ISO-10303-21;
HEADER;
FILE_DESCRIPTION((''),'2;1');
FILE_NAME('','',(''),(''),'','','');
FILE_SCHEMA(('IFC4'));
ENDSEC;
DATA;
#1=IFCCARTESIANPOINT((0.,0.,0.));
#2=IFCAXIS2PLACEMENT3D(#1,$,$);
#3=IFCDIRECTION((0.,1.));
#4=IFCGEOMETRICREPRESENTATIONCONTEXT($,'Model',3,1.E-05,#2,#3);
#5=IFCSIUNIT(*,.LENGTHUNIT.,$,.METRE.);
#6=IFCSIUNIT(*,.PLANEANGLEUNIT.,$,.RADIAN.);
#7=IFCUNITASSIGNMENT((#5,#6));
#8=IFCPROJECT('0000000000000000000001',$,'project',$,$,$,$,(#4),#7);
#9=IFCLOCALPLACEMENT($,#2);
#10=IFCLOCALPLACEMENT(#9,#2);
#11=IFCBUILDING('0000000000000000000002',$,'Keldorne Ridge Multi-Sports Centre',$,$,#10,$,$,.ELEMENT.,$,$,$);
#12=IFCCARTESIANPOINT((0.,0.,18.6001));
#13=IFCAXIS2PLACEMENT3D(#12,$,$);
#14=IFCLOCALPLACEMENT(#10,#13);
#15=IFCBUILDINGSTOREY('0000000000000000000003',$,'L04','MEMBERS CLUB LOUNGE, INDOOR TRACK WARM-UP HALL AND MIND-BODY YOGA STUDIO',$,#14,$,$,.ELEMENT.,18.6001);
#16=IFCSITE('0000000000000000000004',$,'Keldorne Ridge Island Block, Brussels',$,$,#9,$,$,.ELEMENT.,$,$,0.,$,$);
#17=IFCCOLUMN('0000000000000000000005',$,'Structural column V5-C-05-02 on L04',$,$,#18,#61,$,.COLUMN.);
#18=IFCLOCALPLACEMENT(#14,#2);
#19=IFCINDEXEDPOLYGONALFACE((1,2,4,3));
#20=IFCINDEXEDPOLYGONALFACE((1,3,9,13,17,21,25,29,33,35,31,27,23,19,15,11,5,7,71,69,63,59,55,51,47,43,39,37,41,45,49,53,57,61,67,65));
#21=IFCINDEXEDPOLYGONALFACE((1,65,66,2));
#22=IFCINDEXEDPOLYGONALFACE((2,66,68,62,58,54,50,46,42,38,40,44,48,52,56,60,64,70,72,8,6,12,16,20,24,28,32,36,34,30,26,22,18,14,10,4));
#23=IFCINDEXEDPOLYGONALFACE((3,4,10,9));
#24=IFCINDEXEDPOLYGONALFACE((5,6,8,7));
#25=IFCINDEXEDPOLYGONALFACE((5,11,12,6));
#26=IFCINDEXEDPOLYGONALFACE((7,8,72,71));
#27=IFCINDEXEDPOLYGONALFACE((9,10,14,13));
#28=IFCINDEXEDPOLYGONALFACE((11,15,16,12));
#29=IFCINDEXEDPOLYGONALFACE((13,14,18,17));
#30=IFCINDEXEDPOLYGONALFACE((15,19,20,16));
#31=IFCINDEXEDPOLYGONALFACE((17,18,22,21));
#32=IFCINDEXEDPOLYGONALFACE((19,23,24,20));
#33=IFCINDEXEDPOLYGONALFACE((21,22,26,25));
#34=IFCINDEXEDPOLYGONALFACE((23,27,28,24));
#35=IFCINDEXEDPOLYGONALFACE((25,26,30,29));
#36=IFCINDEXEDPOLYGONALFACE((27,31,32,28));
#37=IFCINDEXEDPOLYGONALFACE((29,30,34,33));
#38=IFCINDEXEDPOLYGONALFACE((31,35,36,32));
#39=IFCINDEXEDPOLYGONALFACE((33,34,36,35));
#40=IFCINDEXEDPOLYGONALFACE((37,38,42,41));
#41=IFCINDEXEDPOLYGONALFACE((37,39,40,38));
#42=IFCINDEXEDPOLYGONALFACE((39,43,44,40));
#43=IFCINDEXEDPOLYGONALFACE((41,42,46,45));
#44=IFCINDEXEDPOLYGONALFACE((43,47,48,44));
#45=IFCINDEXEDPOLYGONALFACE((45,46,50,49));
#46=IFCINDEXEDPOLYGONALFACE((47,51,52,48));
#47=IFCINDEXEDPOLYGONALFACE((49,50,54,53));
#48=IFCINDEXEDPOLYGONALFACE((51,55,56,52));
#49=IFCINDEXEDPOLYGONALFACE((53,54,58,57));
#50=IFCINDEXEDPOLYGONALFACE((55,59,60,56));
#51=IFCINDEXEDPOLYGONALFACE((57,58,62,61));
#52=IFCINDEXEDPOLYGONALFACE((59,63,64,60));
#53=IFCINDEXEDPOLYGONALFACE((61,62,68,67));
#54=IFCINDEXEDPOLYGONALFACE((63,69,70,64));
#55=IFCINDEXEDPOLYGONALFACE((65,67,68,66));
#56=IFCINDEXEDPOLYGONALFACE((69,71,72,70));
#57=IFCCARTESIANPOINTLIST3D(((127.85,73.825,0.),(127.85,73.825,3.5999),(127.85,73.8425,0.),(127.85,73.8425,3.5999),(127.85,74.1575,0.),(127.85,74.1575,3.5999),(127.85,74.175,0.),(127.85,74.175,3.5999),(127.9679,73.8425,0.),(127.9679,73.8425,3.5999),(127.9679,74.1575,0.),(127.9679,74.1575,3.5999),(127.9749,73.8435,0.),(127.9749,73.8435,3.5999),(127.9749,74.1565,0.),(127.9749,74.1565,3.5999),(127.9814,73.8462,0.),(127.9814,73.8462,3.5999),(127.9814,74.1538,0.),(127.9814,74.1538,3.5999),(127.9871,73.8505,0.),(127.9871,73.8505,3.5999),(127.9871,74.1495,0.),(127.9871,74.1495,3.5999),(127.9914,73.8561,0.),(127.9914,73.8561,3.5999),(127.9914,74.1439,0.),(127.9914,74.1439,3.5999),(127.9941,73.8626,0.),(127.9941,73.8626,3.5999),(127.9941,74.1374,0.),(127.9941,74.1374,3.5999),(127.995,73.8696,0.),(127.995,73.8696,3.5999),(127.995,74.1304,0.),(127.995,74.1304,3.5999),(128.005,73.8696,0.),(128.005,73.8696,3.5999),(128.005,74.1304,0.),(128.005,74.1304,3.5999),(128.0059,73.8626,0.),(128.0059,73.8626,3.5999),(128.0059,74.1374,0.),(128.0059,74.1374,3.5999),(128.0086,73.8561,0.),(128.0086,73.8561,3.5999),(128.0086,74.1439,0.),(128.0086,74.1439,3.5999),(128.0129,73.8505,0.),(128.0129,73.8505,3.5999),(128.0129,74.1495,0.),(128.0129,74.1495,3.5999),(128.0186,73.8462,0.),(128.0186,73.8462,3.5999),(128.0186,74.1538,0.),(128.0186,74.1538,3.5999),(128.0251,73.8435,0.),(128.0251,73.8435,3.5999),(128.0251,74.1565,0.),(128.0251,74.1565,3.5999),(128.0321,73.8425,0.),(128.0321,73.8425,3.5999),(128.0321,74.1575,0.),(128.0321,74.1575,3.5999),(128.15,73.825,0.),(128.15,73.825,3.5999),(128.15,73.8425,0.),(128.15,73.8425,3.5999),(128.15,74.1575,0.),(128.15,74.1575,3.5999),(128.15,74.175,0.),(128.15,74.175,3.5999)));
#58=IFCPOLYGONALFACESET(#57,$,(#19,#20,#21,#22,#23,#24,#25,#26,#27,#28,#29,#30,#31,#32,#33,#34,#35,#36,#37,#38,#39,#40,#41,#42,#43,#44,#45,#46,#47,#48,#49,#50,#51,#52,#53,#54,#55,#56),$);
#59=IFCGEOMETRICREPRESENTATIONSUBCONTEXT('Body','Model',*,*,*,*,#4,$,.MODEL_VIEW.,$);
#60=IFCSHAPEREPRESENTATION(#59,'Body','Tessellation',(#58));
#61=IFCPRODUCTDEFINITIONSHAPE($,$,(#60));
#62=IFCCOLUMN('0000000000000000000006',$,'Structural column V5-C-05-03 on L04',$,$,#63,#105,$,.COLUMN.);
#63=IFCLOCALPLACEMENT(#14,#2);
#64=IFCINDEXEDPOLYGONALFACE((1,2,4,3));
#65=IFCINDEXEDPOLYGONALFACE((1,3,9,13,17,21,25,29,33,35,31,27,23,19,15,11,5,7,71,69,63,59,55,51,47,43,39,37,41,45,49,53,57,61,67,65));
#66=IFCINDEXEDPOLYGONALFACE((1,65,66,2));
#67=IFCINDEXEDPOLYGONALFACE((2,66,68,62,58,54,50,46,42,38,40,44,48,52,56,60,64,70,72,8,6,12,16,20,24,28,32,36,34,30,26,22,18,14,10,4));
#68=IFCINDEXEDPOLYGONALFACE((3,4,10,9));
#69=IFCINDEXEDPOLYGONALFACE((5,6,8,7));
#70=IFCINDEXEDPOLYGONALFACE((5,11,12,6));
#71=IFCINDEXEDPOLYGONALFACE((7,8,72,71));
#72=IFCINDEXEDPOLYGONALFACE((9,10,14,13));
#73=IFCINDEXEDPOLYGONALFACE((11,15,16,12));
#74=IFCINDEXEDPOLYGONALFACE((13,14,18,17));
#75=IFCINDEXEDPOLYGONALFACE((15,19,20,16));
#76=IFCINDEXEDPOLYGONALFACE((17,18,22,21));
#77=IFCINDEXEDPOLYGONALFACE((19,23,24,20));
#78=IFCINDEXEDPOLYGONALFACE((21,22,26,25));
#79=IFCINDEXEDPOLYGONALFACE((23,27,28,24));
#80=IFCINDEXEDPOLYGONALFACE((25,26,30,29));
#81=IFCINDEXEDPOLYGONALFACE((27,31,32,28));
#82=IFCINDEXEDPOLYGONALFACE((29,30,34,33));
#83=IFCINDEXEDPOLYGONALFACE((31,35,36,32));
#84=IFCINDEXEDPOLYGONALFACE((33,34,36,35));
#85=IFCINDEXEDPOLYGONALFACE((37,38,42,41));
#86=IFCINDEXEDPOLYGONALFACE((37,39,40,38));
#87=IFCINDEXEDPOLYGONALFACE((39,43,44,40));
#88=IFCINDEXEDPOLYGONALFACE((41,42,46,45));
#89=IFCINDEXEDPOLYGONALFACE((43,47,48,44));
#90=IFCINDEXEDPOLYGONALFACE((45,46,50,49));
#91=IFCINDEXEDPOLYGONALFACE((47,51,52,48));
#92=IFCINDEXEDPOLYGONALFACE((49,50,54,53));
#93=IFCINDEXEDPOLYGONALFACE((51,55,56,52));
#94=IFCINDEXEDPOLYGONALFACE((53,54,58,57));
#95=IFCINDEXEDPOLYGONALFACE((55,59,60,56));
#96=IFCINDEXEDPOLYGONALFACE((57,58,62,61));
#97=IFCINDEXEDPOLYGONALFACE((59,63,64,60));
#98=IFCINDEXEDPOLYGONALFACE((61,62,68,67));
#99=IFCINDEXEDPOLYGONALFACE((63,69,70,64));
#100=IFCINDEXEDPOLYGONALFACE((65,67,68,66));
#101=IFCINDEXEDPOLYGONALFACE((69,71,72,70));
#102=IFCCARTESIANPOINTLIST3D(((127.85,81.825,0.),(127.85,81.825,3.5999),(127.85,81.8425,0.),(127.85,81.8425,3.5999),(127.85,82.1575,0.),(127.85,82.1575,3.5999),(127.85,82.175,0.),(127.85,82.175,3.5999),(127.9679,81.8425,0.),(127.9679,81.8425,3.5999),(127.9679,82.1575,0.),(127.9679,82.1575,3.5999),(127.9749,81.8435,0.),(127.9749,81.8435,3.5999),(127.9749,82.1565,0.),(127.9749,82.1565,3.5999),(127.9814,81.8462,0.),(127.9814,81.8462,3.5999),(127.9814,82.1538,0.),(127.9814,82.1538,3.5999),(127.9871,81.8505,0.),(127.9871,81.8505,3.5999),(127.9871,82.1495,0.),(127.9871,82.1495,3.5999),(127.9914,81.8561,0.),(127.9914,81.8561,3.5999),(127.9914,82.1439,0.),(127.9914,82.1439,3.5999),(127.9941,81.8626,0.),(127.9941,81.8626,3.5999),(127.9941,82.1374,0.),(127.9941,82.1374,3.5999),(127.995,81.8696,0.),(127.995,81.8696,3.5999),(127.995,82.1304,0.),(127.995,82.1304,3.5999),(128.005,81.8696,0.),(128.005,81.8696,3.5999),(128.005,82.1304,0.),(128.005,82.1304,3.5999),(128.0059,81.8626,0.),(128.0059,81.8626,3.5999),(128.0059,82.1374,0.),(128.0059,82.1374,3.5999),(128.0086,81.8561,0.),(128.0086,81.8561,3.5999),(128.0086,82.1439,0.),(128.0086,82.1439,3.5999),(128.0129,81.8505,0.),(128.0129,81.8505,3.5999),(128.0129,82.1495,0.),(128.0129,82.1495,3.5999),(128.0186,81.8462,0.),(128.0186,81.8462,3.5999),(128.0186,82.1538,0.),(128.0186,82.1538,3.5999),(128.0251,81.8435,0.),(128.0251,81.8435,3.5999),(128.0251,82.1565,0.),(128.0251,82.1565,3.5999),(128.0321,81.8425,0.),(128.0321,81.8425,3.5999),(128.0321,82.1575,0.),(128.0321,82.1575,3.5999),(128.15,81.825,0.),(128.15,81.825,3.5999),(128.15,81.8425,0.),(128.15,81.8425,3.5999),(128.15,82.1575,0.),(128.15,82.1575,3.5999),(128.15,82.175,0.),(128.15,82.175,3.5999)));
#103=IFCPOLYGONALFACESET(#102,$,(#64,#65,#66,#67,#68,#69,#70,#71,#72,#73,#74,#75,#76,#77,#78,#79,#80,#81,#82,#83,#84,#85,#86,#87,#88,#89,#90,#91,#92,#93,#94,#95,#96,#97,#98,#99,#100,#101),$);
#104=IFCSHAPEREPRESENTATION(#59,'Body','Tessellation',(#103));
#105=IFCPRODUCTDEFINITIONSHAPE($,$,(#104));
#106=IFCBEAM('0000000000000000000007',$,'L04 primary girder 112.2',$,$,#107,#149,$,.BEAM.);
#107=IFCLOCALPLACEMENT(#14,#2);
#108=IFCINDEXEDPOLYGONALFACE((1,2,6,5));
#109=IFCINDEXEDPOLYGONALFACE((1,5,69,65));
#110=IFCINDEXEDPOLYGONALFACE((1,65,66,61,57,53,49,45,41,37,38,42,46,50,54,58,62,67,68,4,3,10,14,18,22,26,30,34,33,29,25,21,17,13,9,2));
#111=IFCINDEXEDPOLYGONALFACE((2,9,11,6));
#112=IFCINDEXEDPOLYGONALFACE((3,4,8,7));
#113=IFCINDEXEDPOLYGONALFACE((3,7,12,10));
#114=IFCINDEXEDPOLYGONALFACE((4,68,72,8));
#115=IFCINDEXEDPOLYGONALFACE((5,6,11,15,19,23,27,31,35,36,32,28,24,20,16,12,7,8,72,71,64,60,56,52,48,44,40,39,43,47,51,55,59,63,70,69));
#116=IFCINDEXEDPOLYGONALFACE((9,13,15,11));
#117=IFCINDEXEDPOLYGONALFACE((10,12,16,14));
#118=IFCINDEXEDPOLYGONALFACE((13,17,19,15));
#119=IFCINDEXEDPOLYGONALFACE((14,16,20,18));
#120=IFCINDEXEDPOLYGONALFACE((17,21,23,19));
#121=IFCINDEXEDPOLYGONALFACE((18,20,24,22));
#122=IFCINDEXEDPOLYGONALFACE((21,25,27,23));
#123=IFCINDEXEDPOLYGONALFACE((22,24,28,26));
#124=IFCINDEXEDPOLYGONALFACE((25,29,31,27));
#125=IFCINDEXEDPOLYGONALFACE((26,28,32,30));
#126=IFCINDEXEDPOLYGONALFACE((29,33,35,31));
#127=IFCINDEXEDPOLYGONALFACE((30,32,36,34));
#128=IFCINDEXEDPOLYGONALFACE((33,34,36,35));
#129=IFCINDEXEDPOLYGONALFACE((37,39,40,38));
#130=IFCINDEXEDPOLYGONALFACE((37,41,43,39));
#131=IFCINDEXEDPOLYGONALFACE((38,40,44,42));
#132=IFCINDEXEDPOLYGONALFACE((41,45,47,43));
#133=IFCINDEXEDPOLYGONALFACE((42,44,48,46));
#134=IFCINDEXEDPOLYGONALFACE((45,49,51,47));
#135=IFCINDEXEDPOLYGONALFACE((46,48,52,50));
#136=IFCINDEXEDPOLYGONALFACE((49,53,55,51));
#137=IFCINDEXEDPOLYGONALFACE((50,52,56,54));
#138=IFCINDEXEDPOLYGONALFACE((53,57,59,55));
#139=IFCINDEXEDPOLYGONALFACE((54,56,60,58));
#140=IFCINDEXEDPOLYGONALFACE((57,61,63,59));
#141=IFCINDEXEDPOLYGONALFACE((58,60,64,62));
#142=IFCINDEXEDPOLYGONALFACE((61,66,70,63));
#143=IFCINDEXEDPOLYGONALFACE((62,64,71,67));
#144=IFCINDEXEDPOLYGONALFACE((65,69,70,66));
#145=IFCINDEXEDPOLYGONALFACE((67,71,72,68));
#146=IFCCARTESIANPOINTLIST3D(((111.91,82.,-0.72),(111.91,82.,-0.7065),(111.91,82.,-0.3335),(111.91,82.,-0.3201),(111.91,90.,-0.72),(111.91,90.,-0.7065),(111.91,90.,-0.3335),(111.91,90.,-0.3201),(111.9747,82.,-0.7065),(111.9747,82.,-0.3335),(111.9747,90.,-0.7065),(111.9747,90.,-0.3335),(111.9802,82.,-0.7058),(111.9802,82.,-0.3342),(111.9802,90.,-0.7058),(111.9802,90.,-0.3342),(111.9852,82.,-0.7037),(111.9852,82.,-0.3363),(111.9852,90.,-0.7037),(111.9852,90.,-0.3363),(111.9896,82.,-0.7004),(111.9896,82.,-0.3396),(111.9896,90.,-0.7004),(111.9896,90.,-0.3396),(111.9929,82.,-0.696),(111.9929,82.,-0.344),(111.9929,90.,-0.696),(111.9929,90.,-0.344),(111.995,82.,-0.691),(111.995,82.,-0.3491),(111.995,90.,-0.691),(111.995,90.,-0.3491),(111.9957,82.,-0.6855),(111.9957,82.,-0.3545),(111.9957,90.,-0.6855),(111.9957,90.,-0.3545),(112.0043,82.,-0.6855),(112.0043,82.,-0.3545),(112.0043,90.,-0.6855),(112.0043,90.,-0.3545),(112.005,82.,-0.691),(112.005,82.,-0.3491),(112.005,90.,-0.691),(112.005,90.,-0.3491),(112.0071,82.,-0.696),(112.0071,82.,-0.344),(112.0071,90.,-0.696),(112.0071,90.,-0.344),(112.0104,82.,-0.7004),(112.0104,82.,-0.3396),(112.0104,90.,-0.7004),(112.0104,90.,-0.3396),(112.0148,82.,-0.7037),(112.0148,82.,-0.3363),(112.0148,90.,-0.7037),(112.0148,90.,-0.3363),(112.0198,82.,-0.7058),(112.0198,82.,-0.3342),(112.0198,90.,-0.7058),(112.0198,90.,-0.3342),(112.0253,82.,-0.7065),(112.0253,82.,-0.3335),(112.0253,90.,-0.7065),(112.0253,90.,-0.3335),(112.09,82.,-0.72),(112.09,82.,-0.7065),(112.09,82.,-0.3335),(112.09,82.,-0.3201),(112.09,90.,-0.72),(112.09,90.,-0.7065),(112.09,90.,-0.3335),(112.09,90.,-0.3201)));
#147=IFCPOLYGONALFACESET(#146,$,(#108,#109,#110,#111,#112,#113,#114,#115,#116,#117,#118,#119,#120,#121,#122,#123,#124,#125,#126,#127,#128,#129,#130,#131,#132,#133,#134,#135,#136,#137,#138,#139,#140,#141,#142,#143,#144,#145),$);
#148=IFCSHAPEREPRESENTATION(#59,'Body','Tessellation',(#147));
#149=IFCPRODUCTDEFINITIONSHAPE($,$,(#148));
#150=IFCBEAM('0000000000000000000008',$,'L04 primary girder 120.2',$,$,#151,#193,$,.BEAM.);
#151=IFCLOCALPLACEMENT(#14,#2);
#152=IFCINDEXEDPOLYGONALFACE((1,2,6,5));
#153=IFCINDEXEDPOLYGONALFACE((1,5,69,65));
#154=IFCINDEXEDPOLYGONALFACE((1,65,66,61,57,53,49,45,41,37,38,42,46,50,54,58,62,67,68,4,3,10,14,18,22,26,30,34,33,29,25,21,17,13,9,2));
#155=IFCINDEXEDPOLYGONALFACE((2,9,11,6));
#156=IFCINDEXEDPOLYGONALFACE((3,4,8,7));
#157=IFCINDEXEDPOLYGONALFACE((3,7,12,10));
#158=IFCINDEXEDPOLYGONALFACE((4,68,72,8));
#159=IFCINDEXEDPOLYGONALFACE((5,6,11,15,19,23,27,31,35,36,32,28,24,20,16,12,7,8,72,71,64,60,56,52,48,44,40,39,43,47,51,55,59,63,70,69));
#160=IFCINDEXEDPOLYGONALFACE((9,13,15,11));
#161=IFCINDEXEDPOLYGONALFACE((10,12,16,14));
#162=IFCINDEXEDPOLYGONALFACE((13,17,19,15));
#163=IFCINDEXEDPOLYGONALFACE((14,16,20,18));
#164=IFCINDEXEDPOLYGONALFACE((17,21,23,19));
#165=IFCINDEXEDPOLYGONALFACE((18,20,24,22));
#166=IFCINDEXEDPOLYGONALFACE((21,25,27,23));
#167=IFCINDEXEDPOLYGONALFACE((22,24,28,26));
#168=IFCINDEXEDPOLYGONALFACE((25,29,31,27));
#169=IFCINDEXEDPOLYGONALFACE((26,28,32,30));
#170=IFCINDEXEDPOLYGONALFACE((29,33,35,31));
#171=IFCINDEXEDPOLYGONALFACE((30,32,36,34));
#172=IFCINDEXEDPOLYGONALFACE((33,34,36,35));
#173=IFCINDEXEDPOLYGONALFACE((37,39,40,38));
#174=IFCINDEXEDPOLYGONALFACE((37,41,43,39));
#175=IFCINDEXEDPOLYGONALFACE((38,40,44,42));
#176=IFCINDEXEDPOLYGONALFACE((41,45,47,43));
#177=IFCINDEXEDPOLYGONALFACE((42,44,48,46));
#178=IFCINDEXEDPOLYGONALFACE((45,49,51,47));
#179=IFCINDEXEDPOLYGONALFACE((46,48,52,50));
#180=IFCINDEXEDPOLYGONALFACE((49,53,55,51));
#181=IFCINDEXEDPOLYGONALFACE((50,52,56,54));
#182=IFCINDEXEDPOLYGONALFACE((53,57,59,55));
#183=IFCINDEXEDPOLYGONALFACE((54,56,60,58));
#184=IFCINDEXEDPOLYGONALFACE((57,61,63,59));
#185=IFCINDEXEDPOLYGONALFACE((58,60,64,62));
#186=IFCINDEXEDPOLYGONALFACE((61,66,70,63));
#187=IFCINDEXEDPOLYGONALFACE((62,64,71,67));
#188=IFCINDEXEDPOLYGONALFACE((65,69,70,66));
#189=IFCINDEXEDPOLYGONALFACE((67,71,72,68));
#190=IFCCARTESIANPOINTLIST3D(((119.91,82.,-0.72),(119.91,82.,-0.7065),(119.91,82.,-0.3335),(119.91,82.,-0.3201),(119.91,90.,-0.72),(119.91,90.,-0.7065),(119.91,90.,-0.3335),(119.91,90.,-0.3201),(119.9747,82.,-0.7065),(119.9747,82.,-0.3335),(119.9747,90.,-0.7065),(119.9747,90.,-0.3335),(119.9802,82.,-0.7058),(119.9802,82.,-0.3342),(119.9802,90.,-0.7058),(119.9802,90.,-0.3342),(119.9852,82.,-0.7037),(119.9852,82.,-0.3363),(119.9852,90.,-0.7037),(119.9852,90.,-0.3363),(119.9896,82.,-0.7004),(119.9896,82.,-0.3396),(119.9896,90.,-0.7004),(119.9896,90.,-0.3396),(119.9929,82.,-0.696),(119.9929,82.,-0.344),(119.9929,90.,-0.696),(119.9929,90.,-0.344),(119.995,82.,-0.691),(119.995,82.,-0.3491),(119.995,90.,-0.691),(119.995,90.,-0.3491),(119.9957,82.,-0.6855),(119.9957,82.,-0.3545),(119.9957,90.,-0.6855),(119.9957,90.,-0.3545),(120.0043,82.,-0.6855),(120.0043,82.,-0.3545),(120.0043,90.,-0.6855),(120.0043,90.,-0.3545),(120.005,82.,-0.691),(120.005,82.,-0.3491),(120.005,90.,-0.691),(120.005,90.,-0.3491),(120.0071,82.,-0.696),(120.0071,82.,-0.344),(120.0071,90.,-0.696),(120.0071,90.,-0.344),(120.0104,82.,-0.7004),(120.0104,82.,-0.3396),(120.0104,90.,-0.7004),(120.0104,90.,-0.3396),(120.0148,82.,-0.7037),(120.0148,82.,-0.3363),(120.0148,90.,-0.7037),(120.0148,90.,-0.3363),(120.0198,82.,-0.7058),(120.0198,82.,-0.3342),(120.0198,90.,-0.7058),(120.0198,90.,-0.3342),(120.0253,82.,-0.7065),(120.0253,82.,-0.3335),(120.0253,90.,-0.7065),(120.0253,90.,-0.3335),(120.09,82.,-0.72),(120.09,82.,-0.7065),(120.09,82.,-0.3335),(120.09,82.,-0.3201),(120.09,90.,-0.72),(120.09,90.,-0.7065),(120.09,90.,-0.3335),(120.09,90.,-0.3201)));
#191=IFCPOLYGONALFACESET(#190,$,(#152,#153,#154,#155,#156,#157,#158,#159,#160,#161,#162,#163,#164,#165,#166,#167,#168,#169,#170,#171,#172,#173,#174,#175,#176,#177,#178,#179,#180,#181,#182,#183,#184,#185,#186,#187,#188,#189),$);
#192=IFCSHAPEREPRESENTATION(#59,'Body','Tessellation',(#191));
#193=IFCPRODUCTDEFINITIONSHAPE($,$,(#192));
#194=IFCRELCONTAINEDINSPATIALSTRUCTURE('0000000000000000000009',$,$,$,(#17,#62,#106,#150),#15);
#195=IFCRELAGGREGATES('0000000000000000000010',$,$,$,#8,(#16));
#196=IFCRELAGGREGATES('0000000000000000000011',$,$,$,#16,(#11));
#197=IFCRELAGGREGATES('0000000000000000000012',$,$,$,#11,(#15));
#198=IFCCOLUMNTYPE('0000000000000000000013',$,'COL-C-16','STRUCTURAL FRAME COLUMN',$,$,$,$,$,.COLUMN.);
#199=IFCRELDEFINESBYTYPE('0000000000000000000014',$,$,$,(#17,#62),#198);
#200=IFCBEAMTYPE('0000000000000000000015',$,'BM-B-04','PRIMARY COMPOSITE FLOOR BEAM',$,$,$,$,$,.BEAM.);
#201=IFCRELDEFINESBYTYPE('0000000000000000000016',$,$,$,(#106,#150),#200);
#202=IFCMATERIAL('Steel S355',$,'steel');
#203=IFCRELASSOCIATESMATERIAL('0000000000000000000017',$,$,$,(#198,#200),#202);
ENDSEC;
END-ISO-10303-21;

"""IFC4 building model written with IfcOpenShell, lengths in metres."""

from ifc_helpers import new_model, si_unit, direction, frame, origin, origin_2d, place, context, subcontext, project, spatial, i_section, extrude, material, material_profile, profile_set, type_object, element, save


model = new_model("IFC4")

# Units and contexts
model_context = context("Model", 3, precision=1e-05, world=origin(), true_north=direction((0.0, 1.0)))
body_context = subcontext(model_context, "Body", "Model", "MODEL_VIEW")
ifc_project = project(units=[si_unit("LENGTHUNIT", "METRE"), si_unit("PLANEANGLEUNIT", "RADIAN")], contexts=[model_context])

# Site, building, storey
site_placement = place(None, origin())
site = spatial("IfcSite", under=ifc_project, at=site_placement, Name="Keldorne Ridge Island Block, Brussels", CompositionType="ELEMENT", RefElevation=0.0)
building_placement = place(site_placement, origin())
building = spatial("IfcBuilding", under=site, at=building_placement, Name="Keldorne Ridge Multi-Sports Centre", CompositionType="ELEMENT")
storey_placement = place(building_placement, frame((0.0, 0.0, 18.6001)))
storey = spatial("IfcBuildingStorey", under=building, at=storey_placement, Name="L04", Description="MEMBERS CLUB LOUNGE, INDOOR TRACK WARM-UP HALL AND MIND-BODY YOGA STUDIO", CompositionType="ELEMENT", Elevation=18.6001)

# Columns
ifc_material_1 = material(Name="Steel S355", Category="steel")
ifc_material_profile_1 = material_profile(ifc_material_1, i_section(OverallWidth=0.3, OverallDepth=0.3501, WebThickness=0.01, FlangeThickness=0.0176, FilletRadius=0.0271, at=origin_2d()), Name="HEA 360")
ifc_profile_set_1 = profile_set([ifc_material_profile_1], Name="Steel S355")
column_type = type_object("IfcColumnType", Name="COL-C-16", Description="STRUCTURAL FRAME COLUMN", PredefinedType="COLUMN", material=ifc_profile_set_1)
for number, where, z_axis, x_axis, name in (
    (1, (128.0, 74.0, 0.0), (0.0, 0.0, 1.0), (1.0, 0.0, 0.0), "Structural column V5-C-05-02 on L04"),
    (2, (128.0, 82.0, 0.0), (0.0, 0.0, 1.0), (1.0, 0.0, 0.0), "Structural column V5-C-05-03 on L04"),
):
    element("IfcColumn", number, at=place(storey_placement, frame(where, z_axis=z_axis, x_axis=x_axis)), inside=storey, type_object=column_type, Name=name, PredefinedType="COLUMN", context=body_context, shape_type="SweptSolid", body=[
        extrude(i_section(OverallWidth=0.3, OverallDepth=0.3501, WebThickness=0.01, FlangeThickness=0.0176, FilletRadius=0.0271, at=origin_2d()), origin(), (0.0, 0.0, 1.0), 3.5999),
    ])

# Beams
ifc_material_profile_2 = material_profile(ifc_material_1, i_section(OverallWidth=0.1799, OverallDepth=0.3999, WebThickness=0.0085, FlangeThickness=0.0134, FilletRadius=0.021, at=origin_2d()), Name="IPE 400")
ifc_profile_set_2 = profile_set([ifc_material_profile_2], Name="Steel S355")
beam_type_1 = type_object("IfcBeamType", Name="BM-B-04", Description="PRIMARY COMPOSITE FLOOR BEAM", PredefinedType="BEAM", material=ifc_profile_set_2)
for number, where, z_axis, x_axis, name in (
    (3, (112.0, 82.0, -0.52), (0.0, 1.0, 0.0), (-1.0, 0.0, 0.0), "L04 primary girder 112.2"),
    (4, (120.0, 82.0, -0.52), (0.0, 1.0, 0.0), (-1.0, 0.0, 0.0), "L04 primary girder 120.2"),
):
    element("IfcBeam", number, at=place(storey_placement, frame(where, z_axis=z_axis, x_axis=x_axis)), inside=storey, type_object=beam_type_1, Name=name, PredefinedType="BEAM", context=body_context, shape_type="SweptSolid", body=[
        extrude(i_section(OverallWidth=0.1799, OverallDepth=0.3999, WebThickness=0.0085, FlangeThickness=0.0134, FilletRadius=0.021, at=origin_2d()), origin(), (0.0, 0.0, 1.0), 8.0),
    ])

save(model, "model.ifc")
